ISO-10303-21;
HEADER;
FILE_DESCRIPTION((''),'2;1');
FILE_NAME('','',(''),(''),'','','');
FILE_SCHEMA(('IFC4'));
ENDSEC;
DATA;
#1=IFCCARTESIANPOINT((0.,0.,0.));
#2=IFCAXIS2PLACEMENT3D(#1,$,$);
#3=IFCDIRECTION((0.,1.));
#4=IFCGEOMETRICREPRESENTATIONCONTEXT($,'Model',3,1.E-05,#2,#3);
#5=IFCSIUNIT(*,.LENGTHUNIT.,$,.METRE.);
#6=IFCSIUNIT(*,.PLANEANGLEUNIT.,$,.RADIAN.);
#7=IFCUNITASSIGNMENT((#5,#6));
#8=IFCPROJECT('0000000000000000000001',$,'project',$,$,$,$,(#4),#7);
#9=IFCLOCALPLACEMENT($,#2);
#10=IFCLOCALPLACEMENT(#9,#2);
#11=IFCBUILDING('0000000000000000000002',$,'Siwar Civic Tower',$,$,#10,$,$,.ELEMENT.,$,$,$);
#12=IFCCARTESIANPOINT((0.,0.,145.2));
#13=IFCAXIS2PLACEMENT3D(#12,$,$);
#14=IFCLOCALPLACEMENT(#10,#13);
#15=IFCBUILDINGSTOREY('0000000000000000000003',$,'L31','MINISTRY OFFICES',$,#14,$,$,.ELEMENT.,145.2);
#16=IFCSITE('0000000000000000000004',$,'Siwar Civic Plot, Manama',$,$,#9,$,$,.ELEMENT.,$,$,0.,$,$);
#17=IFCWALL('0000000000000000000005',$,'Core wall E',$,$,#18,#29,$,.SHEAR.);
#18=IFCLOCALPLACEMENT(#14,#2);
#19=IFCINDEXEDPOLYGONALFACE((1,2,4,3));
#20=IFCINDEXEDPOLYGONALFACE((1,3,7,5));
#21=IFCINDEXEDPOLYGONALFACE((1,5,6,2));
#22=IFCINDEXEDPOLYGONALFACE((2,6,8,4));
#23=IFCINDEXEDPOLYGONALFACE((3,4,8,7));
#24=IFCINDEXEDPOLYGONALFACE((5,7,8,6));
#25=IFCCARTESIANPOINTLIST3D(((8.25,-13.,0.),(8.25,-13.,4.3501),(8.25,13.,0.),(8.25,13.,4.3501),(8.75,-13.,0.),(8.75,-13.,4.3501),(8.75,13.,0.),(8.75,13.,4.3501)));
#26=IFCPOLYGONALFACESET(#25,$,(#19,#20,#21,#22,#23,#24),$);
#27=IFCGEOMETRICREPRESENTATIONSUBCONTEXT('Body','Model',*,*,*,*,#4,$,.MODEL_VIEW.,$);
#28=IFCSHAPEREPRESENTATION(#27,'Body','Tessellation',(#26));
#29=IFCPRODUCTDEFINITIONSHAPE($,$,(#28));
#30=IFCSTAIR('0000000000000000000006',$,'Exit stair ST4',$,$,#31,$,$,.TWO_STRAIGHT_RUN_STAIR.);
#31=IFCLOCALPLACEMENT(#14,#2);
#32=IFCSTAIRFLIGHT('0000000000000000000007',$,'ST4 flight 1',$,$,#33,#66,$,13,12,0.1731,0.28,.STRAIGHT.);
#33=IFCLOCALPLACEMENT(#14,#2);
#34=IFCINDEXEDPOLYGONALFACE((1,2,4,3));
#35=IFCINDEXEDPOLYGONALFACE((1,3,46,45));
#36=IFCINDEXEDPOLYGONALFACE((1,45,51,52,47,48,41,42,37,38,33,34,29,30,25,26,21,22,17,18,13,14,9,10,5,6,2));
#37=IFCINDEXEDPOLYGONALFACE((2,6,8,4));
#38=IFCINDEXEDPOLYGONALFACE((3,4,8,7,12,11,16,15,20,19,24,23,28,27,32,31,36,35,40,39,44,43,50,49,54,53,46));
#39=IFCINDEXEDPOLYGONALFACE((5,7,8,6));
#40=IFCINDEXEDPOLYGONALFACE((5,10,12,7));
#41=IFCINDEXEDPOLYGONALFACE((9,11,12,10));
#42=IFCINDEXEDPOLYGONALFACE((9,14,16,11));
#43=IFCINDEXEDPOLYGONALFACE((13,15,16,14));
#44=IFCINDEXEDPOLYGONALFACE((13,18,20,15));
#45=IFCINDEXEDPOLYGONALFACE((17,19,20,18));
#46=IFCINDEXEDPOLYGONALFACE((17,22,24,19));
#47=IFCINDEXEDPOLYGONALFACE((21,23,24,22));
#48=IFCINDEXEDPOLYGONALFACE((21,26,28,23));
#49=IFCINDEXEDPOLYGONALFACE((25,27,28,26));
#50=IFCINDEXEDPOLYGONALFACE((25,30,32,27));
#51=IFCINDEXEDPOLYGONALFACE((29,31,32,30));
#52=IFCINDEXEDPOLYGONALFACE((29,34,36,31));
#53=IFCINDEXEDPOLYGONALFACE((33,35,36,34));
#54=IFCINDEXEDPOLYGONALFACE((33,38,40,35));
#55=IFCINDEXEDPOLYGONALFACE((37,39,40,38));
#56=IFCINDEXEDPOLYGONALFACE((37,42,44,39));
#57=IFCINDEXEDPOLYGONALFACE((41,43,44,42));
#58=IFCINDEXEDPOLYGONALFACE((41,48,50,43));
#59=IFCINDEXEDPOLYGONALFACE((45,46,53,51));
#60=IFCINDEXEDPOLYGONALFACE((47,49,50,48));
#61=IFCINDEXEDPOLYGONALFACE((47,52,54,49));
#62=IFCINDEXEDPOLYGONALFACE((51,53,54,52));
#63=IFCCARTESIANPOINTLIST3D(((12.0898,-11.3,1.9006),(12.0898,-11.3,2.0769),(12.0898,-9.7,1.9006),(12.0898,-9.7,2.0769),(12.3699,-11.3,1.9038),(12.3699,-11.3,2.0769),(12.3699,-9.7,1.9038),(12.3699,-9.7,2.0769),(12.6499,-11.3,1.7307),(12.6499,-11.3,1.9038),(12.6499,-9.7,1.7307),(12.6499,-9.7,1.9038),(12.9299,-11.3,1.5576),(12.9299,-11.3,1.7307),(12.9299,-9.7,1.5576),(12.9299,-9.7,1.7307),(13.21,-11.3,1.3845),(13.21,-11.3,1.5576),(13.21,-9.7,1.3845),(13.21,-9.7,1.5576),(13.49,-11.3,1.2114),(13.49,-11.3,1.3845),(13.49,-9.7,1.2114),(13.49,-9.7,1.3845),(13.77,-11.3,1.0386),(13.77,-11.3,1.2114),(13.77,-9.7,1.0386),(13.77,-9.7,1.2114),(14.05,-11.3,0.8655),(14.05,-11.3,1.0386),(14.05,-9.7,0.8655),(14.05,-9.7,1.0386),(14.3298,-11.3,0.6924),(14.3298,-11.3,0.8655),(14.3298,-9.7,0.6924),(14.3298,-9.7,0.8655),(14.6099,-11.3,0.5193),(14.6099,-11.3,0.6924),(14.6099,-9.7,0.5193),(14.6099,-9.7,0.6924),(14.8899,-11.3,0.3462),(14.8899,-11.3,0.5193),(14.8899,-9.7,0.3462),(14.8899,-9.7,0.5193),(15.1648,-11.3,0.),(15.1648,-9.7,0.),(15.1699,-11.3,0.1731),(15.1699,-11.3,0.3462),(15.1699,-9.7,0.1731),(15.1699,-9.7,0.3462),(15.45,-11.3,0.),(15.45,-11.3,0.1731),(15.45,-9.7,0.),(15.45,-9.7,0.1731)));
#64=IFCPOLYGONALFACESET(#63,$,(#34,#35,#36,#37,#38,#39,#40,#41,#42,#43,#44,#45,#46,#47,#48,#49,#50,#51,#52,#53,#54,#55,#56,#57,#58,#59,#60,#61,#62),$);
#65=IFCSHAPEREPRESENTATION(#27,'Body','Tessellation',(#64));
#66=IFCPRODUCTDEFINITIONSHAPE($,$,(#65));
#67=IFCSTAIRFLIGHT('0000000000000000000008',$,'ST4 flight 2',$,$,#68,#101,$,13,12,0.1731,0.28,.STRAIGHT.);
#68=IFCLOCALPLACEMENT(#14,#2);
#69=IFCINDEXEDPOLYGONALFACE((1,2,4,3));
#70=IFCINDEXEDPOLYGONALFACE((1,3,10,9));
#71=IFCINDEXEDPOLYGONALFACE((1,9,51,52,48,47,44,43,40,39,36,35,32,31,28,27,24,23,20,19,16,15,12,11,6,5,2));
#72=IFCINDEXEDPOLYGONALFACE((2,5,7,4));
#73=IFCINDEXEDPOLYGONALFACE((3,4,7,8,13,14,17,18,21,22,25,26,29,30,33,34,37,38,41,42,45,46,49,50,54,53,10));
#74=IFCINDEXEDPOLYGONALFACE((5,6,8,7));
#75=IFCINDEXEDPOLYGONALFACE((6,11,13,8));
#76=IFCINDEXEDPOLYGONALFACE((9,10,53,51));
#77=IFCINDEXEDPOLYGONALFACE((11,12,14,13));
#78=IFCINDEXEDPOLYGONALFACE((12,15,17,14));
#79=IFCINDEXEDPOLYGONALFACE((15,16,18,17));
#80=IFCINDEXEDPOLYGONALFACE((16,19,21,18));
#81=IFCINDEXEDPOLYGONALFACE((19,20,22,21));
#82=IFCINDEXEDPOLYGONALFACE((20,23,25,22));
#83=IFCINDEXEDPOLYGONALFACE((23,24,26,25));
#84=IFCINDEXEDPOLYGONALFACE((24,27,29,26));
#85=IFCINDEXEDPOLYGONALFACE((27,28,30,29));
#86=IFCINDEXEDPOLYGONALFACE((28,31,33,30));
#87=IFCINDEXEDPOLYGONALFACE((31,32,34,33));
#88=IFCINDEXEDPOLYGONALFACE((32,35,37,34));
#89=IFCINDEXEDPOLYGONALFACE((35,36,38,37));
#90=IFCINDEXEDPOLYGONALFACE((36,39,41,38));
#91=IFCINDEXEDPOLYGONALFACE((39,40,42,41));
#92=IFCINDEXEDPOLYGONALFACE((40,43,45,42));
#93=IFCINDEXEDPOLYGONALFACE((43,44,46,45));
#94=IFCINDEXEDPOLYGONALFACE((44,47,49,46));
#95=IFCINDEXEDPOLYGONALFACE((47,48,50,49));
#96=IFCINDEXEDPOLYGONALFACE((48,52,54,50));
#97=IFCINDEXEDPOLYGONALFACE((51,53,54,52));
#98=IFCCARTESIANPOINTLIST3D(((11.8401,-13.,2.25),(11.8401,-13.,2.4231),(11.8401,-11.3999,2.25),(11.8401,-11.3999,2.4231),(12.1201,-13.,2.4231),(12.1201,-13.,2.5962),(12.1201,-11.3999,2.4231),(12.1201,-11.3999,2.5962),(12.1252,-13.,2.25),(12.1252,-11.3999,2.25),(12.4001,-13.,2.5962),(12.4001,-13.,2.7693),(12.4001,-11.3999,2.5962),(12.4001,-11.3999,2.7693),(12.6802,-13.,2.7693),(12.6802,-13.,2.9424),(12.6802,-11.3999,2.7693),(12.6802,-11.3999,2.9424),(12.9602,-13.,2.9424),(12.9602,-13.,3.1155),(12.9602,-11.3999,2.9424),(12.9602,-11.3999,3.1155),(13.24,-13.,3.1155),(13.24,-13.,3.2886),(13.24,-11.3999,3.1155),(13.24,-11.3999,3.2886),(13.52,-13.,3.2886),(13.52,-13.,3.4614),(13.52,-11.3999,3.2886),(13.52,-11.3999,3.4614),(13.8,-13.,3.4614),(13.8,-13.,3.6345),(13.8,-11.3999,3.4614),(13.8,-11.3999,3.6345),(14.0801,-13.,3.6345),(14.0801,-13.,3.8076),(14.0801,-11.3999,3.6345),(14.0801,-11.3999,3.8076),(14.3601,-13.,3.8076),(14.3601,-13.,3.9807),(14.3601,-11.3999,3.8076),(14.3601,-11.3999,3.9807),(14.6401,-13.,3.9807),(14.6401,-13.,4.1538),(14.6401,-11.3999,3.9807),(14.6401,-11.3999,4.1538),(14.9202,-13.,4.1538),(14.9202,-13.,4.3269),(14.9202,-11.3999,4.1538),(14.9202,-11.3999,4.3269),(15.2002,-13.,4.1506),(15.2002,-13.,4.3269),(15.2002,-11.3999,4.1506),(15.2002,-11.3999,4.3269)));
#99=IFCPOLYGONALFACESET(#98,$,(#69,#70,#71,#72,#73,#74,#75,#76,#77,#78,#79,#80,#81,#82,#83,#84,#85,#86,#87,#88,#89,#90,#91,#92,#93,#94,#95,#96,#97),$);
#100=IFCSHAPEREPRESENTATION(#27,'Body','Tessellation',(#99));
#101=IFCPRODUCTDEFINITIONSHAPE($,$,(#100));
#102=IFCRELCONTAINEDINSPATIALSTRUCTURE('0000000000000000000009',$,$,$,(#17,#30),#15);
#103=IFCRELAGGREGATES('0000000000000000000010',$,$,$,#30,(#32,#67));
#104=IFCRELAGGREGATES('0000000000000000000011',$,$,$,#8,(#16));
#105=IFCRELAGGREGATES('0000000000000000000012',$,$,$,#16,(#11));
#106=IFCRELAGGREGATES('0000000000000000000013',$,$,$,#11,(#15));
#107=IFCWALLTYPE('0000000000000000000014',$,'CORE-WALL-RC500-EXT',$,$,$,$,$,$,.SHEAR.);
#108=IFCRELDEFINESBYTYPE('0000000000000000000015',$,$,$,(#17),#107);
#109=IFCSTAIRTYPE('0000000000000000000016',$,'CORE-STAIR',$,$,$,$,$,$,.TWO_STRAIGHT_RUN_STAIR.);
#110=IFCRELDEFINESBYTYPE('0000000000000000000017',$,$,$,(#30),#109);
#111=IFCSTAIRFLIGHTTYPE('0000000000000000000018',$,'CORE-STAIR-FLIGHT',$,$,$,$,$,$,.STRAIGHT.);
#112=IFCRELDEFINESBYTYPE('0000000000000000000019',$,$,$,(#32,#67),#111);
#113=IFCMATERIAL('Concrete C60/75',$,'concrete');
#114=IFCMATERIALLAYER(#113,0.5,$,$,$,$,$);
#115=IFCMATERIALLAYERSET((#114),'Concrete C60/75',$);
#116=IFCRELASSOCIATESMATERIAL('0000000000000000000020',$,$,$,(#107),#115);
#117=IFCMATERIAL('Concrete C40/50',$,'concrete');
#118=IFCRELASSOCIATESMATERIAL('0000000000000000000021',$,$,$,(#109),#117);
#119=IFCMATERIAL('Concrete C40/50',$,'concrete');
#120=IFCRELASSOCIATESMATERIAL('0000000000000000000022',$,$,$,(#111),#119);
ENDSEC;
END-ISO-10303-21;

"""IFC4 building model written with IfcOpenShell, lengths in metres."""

from ifc_helpers import new_model, si_unit, direction, frame, frame_2d, origin, place, context, subcontext, project, spatial, polyline, rectangle, outline, extrude, material, layer, layer_set, type_object, element, aggregate, save


model = new_model("IFC4")

# Units and contexts
model_context = context("Model", 3, precision=1e-05, world=origin(), true_north=direction((0.0, 1.0)))
body_context = subcontext(model_context, "Body", "Model", "MODEL_VIEW")
ifc_project = project(units=[si_unit("LENGTHUNIT", "METRE"), si_unit("PLANEANGLEUNIT", "RADIAN")], contexts=[model_context])

# Site, building, storey
site_placement = place(None, origin())
site = spatial("IfcSite", under=ifc_project, at=site_placement, Name="Siwar Civic Plot, Manama", CompositionType="ELEMENT", RefElevation=0.0)
building_placement = place(site_placement, origin())
building = spatial("IfcBuilding", under=site, at=building_placement, Name="Siwar Civic Tower", CompositionType="ELEMENT")
storey_placement = place(building_placement, frame((0.0, 0.0, 145.2)))
storey = spatial("IfcBuildingStorey", under=building, at=storey_placement, Name="L31", Description="MINISTRY OFFICES", CompositionType="ELEMENT", Elevation=145.2)

# Wall
ifc_material_1 = material(Name="Concrete C60/75", Category="concrete")
ifc_layer_1 = layer(ifc_material_1, 0.5)
ifc_layer_set_1 = layer_set([ifc_layer_1], Name="Concrete C60/75")
wall_type_1 = type_object("IfcWallType", Name="CORE-WALL-RC500-EXT", PredefinedType="SHEAR", material=ifc_layer_set_1)
wall_1_placement = place(storey_placement, frame((8.5, -13.0, 0.0), z_axis=(0.0, 0.0, 1.0), x_axis=(0.0, 1.0, 0.0)))
element("IfcWall", 1, at=wall_1_placement, inside=storey, type_object=wall_type_1, Name="Core wall E", PredefinedType="SHEAR", context=body_context, shape_type="SweptSolid", body=[
    extrude(rectangle(XDim=26.0, YDim=0.5, at=frame_2d((13.0, 0.0))), origin(), (0.0, 0.0, 1.0), 4.3501),
])

# Stair, stair flights
ifc_material_2 = material(Name="Concrete C40/50", Category="concrete")
stair_type = type_object("IfcStairType", Name="CORE-STAIR", PredefinedType="TWO_STRAIGHT_RUN_STAIR", material=ifc_material_2)
stair_placement = place(storey_placement, origin())
stair = element("IfcStair", 2, at=stair_placement, inside=storey, type_object=stair_type, Name="Exit stair ST4", PredefinedType="TWO_STRAIGHT_RUN_STAIR")
ifc_material_3 = material(Name="Concrete C40/50", Category="concrete")
stair_flight_type = type_object("IfcStairFlightType", Name="CORE-STAIR-FLIGHT", PredefinedType="STRAIGHT", material=ifc_material_3)
stair_flight_1_placement = place(storey_placement, frame((15.45, -10.5, 0.0), z_axis=(0.0, 0.0, 1.0), x_axis=(-1.0, 0.0, 0.0)))
stair_flight_1 = element("IfcStairFlight", 3, at=stair_flight_1_placement, type_object=stair_flight_type, Name="ST4 flight 1", NumberOfRisers=13, NumberOfTreads=12, PredefinedType="STRAIGHT", RiserHeight=0.1731, TreadLength=0.28, context=body_context, shape_type="SweptSolid", body=[
    extrude(outline(polyline([(0.0, 0.0), (0.0, 0.1731), (0.28, 0.1731), (0.28, 0.3462), (0.5601, 0.3462), (0.5601, 0.5193), (0.8401, 0.5193), (0.8401, 0.6924), (1.1201, 0.6924), (1.1201, 0.8655), (1.3999, 0.8655), (1.3999, 1.0386), (1.6799, 1.0386), (1.6799, 1.2114), (1.96, 1.2114), (1.96, 1.3845), (2.24, 1.3845), (2.24, 1.5576), (2.52, 1.5576), (2.52, 1.7307), (2.8, 1.7307), (2.8, 1.9038), (3.0801, 1.9038), (3.0801, 2.0769), (3.3601, 2.0769), (3.3601, 2.25), (3.3601, 1.9006), (0.2852, 0.0), (0.0, 0.0)])), frame((0.0, 0.8, 0.0), z_axis=(0.0, -1.0, 0.0), x_axis=(1.0, 0.0, 0.0)), (0.0, 0.0, 1.0), 1.6001),
])
stair_flight_2_placement = place(storey_placement, frame((11.8401, -12.2, 2.25), z_axis=(0.0, 0.0, 1.0), x_axis=(1.0, 0.0, 0.0)))
stair_flight_2 = element("IfcStairFlight", 4, at=stair_flight_2_placement, type_object=stair_flight_type, Name="ST4 flight 2", NumberOfRisers=13, NumberOfTreads=12, PredefinedType="STRAIGHT", RiserHeight=0.1731, TreadLength=0.28, context=body_context, shape_type="SweptSolid", body=[
    extrude(outline(polyline([(0.0, 0.0), (0.0, 0.1731), (0.28, 0.1731), (0.28, 0.3462), (0.5601, 0.3462), (0.5601, 0.5193), (0.8401, 0.5193), (0.8401, 0.6924), (1.1201, 0.6924), (1.1201, 0.8655), (1.3999, 0.8655), (1.3999, 1.0386), (1.6799, 1.0386), (1.6799, 1.2114), (1.96, 1.2114), (1.96, 1.3845), (2.24, 1.3845), (2.24, 1.5576), (2.52, 1.5576), (2.52, 1.7307), (2.8, 1.7307), (2.8, 1.9038), (3.0801, 1.9038), (3.0801, 2.0769), (3.3601, 2.0769), (3.3601, 2.25), (3.3601, 1.9006), (0.2852, 0.0), (0.0, 0.0)])), frame((0.0, 0.8, 0.0), z_axis=(0.0, -1.0, 0.0), x_axis=(1.0, 0.0, 0.0)), (0.0, 0.0, 1.0), 1.6001),
])
aggregate(stair, [stair_flight_1, stair_flight_2])

save(model, "model.ifc")
